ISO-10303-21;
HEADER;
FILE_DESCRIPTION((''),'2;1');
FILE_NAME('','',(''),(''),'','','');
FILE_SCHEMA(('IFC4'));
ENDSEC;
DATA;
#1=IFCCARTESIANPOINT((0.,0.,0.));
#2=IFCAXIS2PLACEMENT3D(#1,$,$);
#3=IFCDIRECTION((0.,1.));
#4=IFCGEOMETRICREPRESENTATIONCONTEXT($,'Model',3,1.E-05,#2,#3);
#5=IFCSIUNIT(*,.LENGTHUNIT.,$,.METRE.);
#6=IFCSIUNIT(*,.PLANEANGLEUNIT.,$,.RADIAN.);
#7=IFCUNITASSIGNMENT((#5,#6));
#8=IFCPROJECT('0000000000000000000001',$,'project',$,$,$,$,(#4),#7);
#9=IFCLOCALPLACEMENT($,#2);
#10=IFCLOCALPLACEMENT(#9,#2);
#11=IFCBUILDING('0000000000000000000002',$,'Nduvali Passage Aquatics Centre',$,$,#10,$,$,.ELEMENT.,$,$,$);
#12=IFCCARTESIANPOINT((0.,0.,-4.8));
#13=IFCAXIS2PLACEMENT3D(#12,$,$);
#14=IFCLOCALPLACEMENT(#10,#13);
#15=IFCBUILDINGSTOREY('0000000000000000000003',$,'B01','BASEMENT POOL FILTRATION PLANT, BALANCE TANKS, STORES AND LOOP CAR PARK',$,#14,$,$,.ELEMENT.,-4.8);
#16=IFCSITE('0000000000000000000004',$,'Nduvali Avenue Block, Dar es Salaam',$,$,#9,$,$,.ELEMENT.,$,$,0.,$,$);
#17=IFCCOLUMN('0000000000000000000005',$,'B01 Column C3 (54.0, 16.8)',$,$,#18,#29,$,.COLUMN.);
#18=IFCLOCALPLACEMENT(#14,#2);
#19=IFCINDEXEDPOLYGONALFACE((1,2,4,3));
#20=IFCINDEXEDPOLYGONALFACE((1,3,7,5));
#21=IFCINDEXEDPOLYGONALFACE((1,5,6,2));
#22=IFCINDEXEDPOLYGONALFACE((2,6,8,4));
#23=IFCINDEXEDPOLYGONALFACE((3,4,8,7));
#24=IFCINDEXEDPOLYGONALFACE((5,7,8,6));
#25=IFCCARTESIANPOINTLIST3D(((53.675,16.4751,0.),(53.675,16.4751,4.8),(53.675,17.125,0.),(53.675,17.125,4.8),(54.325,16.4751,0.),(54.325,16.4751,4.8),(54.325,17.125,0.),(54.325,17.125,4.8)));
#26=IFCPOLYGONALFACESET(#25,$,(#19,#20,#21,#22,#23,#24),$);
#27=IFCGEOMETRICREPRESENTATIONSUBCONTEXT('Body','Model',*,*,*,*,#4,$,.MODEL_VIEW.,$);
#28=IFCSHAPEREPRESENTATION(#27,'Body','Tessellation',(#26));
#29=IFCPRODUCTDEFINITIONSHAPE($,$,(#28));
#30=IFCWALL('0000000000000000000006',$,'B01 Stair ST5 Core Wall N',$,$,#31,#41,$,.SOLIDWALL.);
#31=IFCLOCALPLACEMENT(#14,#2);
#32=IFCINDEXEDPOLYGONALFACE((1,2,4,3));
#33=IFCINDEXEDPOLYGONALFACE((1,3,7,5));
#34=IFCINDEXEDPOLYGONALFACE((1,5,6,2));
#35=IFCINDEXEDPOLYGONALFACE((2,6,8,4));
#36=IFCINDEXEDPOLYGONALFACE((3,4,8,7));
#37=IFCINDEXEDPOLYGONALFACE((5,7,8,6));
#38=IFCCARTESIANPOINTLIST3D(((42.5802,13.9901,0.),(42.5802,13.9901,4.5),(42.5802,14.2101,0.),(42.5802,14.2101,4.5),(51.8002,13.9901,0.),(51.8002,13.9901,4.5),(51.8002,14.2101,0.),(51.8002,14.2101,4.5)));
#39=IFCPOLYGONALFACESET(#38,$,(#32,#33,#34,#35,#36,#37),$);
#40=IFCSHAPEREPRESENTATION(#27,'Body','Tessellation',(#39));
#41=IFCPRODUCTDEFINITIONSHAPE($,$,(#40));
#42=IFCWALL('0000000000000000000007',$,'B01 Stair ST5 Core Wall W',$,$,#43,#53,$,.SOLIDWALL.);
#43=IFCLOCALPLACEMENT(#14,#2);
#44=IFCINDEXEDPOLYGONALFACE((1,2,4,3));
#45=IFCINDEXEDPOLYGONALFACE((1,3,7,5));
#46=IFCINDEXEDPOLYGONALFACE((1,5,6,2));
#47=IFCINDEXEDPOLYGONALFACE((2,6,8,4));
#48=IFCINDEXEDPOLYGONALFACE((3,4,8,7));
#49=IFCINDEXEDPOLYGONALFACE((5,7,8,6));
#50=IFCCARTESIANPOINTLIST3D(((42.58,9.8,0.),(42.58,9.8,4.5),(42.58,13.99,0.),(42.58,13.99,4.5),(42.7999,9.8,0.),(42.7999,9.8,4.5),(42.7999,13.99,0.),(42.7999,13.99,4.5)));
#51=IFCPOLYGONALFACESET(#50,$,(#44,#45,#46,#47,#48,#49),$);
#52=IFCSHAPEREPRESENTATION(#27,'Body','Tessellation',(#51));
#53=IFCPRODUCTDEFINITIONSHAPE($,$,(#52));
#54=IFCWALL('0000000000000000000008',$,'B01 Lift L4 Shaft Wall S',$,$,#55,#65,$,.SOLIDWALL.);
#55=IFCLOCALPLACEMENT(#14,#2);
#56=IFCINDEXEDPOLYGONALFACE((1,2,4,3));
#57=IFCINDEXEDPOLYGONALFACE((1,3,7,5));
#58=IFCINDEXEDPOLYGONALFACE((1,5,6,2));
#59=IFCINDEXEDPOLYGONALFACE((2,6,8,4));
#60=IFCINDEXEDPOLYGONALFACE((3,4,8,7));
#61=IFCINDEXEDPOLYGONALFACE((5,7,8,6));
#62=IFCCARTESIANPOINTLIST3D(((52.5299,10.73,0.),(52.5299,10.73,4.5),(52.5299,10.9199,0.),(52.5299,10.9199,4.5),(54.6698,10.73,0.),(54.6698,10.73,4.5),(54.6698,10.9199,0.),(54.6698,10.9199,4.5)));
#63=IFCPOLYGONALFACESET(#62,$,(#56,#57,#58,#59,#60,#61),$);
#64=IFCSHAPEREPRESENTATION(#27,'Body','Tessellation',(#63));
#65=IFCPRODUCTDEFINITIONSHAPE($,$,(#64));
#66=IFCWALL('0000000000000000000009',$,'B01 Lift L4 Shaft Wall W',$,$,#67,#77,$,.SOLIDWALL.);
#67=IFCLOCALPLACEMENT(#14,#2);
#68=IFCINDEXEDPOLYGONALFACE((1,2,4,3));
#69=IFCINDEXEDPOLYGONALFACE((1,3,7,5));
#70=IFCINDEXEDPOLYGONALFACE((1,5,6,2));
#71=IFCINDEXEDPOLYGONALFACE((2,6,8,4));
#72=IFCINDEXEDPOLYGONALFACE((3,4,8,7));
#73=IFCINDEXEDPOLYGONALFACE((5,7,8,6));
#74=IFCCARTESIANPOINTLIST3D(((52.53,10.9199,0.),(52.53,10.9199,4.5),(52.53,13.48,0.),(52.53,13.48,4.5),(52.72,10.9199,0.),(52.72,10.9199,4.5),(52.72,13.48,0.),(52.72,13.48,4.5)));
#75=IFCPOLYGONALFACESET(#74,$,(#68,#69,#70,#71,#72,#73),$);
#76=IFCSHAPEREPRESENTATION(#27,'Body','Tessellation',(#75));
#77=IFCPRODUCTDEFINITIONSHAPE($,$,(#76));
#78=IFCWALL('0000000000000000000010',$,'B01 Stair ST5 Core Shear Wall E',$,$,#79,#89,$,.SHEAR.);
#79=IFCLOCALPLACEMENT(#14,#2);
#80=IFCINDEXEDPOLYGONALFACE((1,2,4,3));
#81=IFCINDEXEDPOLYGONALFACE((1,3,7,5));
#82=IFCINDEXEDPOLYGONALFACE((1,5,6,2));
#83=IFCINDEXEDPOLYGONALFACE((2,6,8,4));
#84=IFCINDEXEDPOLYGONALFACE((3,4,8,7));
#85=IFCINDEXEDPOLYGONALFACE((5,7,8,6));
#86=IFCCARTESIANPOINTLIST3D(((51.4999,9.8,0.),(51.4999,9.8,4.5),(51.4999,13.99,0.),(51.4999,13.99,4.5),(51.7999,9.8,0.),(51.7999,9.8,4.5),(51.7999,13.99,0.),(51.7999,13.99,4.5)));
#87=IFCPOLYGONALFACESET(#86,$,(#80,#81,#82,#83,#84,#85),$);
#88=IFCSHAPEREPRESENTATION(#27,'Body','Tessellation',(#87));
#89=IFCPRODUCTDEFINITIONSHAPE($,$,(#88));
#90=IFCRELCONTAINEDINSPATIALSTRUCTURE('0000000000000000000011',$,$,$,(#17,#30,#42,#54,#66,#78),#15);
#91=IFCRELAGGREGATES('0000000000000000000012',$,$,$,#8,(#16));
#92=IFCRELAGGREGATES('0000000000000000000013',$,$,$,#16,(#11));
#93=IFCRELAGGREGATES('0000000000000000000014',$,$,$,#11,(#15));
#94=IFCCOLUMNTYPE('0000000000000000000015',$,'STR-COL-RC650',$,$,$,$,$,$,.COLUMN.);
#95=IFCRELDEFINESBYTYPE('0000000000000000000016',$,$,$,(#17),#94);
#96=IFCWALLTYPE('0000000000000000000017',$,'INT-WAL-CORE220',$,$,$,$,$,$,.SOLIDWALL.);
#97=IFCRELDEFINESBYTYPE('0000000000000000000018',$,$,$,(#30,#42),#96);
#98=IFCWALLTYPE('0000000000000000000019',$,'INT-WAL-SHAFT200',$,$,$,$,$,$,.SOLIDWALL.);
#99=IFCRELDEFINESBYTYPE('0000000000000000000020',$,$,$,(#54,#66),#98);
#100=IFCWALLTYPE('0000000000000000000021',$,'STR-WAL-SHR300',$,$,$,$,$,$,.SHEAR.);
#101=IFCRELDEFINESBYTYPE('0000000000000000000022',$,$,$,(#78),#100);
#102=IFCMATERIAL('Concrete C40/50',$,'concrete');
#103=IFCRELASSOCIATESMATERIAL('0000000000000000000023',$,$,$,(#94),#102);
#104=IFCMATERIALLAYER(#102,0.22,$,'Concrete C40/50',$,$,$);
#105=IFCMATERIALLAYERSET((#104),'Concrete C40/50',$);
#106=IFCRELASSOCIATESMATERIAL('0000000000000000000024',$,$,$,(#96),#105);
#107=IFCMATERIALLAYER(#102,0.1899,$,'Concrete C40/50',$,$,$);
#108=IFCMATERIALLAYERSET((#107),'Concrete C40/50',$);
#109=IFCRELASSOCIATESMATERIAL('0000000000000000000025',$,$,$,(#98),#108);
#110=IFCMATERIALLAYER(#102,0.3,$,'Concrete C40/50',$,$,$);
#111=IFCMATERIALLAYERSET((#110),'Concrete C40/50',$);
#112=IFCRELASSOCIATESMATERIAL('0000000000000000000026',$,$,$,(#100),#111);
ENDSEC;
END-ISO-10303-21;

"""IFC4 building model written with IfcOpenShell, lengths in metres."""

from ifc_helpers import new_model, si_unit, direction, frame, frame_2d, origin, origin_2d, place, context, subcontext, project, spatial, rectangle, extrude, material, layer, layer_set, material_profile, profile_set, type_object, element, save


model = new_model("IFC4")

# Units and contexts
model_context = context("Model", 3, precision=1e-05, world=origin(), true_north=direction((0.0, 1.0)))
body_context = subcontext(model_context, "Body", "Model", "MODEL_VIEW")
ifc_project = project(units=[si_unit("LENGTHUNIT", "METRE"), si_unit("PLANEANGLEUNIT", "RADIAN")], contexts=[model_context])

# Site, building, storey
site_placement = place(None, origin())
site = spatial("IfcSite", under=ifc_project, at=site_placement, Name="Nduvali Avenue Block, Dar es Salaam", CompositionType="ELEMENT", RefElevation=0.0)
building_placement = place(site_placement, origin())
building = spatial("IfcBuilding", under=site, at=building_placement, Name="Nduvali Passage Aquatics Centre", CompositionType="ELEMENT")
storey_placement = place(building_placement, frame((0.0, 0.0, -4.8)))
storey = spatial("IfcBuildingStorey", under=building, at=storey_placement, Name="B01", Description="BASEMENT POOL FILTRATION PLANT, BALANCE TANKS, STORES AND LOOP CAR PARK", CompositionType="ELEMENT", Elevation=-4.8)

# Shared definitions
ifc_material = material(Name="Concrete C40/50", Category="concrete")

# Column
ifc_material_profile_1 = material_profile(ifc_material, rectangle(XDim=0.6499, YDim=0.6499, at=origin_2d()), Name="RC 650x650")
ifc_profile_set_1 = profile_set([ifc_material_profile_1], Name="Concrete C40/50")
column_type = type_object("IfcColumnType", Name="STR-COL-RC650", PredefinedType="COLUMN", material=ifc_profile_set_1)
for number, where, z_axis, x_axis, name in (
    (1, (54.0, 16.8, 0.0), (0.0, 0.0, 1.0), (1.0, 0.0, 0.0), "B01 Column C3 (54.0, 16.8)"),
):
    element("IfcColumn", number, at=place(storey_placement, frame(where, z_axis=z_axis, x_axis=x_axis)), inside=storey, type_object=column_type, Name=name, PredefinedType="COLUMN", context=body_context, shape_type="SweptSolid", body=[
        extrude(rectangle(XDim=0.6499, YDim=0.6499, at=origin_2d()), origin(), (0.0, 0.0, 1.0), 4.8),
    ])

# Walls
ifc_layer_1 = layer(ifc_material, 0.22, Name="Concrete C40/50")
ifc_layer_set_1 = layer_set([ifc_layer_1], Name="Concrete C40/50")
wall_type_1 = type_object("IfcWallType", Name="INT-WAL-CORE220", PredefinedType="SOLIDWALL", material=ifc_layer_set_1)
wall_1_placement = place(storey_placement, frame((51.8, 14.1001, 0.0), z_axis=(0.0, 0.0, 1.0), x_axis=(-1.0, 0.0, 0.0)))
element("IfcWall", 2, at=wall_1_placement, inside=storey, type_object=wall_type_1, Name="B01 Stair ST5 Core Wall N", PredefinedType="SOLIDWALL", context=body_context, shape_type="SweptSolid", body=[
    extrude(rectangle(XDim=9.22, YDim=0.22, at=frame_2d((4.6099, 0.0))), origin(), (0.0, 0.0, 1.0), 4.5),
])
wall_2_placement = place(storey_placement, frame((42.6899, 13.99, 0.0), z_axis=(0.0, 0.0, 1.0), x_axis=(0.0, -1.0, 0.0)))
element("IfcWall", 3, at=wall_2_placement, inside=storey, type_object=wall_type_1, Name="B01 Stair ST5 Core Wall W", PredefinedType="SOLIDWALL", context=body_context, shape_type="SweptSolid", body=[
    extrude(rectangle(XDim=4.1899, YDim=0.22, at=frame_2d((2.095, 0.0))), origin(), (0.0, 0.0, 1.0), 4.5),
])
ifc_layer_2 = layer(ifc_material, 0.1899, Name="Concrete C40/50")
ifc_layer_set_2 = layer_set([ifc_layer_2], Name="Concrete C40/50")
wall_type_2 = type_object("IfcWallType", Name="INT-WAL-SHAFT200", PredefinedType="SOLIDWALL", material=ifc_layer_set_2)
wall_3_placement = place(storey_placement, frame((52.53, 10.825, 0.0), z_axis=(0.0, 0.0, 1.0), x_axis=(1.0, 0.0, 0.0)))
element("IfcWall", 4, at=wall_3_placement, inside=storey, type_object=wall_type_2, Name="B01 Lift L4 Shaft Wall S", PredefinedType="SOLIDWALL", context=body_context, shape_type="SweptSolid", body=[
    extrude(rectangle(XDim=2.1399, YDim=0.1899, at=frame_2d((1.0698, 0.0))), origin(), (0.0, 0.0, 1.0), 4.5),
])
wall_4_placement = place(storey_placement, frame((52.625, 13.48, 0.0), z_axis=(0.0, 0.0, 1.0), x_axis=(0.0, -1.0, 0.0)))
element("IfcWall", 5, at=wall_4_placement, inside=storey, type_object=wall_type_2, Name="B01 Lift L4 Shaft Wall W", PredefinedType="SOLIDWALL", context=body_context, shape_type="SweptSolid", body=[
    extrude(rectangle(XDim=2.5601, YDim=0.1899, at=frame_2d((1.28, 0.0))), origin(), (0.0, 0.0, 1.0), 4.5),
])
ifc_layer_3 = layer(ifc_material, 0.3, Name="Concrete C40/50")
ifc_layer_set_3 = layer_set([ifc_layer_3], Name="Concrete C40/50")
wall_type_3 = type_object("IfcWallType", Name="STR-WAL-SHR300", PredefinedType="SHEAR", material=ifc_layer_set_3)
wall_5_placement = place(storey_placement, frame((51.6499, 9.8, 0.0), z_axis=(0.0, 0.0, 1.0), x_axis=(0.0, 1.0, 0.0)))
element("IfcWall", 6, at=wall_5_placement, inside=storey, type_object=wall_type_3, Name="B01 Stair ST5 Core Shear Wall E", PredefinedType="SHEAR", context=body_context, shape_type="SweptSolid", body=[
    extrude(rectangle(XDim=4.1899, YDim=0.3, at=frame_2d((2.095, 0.0))), origin(), (0.0, 0.0, 1.0), 4.5),
])

save(model, "model.ifc")
